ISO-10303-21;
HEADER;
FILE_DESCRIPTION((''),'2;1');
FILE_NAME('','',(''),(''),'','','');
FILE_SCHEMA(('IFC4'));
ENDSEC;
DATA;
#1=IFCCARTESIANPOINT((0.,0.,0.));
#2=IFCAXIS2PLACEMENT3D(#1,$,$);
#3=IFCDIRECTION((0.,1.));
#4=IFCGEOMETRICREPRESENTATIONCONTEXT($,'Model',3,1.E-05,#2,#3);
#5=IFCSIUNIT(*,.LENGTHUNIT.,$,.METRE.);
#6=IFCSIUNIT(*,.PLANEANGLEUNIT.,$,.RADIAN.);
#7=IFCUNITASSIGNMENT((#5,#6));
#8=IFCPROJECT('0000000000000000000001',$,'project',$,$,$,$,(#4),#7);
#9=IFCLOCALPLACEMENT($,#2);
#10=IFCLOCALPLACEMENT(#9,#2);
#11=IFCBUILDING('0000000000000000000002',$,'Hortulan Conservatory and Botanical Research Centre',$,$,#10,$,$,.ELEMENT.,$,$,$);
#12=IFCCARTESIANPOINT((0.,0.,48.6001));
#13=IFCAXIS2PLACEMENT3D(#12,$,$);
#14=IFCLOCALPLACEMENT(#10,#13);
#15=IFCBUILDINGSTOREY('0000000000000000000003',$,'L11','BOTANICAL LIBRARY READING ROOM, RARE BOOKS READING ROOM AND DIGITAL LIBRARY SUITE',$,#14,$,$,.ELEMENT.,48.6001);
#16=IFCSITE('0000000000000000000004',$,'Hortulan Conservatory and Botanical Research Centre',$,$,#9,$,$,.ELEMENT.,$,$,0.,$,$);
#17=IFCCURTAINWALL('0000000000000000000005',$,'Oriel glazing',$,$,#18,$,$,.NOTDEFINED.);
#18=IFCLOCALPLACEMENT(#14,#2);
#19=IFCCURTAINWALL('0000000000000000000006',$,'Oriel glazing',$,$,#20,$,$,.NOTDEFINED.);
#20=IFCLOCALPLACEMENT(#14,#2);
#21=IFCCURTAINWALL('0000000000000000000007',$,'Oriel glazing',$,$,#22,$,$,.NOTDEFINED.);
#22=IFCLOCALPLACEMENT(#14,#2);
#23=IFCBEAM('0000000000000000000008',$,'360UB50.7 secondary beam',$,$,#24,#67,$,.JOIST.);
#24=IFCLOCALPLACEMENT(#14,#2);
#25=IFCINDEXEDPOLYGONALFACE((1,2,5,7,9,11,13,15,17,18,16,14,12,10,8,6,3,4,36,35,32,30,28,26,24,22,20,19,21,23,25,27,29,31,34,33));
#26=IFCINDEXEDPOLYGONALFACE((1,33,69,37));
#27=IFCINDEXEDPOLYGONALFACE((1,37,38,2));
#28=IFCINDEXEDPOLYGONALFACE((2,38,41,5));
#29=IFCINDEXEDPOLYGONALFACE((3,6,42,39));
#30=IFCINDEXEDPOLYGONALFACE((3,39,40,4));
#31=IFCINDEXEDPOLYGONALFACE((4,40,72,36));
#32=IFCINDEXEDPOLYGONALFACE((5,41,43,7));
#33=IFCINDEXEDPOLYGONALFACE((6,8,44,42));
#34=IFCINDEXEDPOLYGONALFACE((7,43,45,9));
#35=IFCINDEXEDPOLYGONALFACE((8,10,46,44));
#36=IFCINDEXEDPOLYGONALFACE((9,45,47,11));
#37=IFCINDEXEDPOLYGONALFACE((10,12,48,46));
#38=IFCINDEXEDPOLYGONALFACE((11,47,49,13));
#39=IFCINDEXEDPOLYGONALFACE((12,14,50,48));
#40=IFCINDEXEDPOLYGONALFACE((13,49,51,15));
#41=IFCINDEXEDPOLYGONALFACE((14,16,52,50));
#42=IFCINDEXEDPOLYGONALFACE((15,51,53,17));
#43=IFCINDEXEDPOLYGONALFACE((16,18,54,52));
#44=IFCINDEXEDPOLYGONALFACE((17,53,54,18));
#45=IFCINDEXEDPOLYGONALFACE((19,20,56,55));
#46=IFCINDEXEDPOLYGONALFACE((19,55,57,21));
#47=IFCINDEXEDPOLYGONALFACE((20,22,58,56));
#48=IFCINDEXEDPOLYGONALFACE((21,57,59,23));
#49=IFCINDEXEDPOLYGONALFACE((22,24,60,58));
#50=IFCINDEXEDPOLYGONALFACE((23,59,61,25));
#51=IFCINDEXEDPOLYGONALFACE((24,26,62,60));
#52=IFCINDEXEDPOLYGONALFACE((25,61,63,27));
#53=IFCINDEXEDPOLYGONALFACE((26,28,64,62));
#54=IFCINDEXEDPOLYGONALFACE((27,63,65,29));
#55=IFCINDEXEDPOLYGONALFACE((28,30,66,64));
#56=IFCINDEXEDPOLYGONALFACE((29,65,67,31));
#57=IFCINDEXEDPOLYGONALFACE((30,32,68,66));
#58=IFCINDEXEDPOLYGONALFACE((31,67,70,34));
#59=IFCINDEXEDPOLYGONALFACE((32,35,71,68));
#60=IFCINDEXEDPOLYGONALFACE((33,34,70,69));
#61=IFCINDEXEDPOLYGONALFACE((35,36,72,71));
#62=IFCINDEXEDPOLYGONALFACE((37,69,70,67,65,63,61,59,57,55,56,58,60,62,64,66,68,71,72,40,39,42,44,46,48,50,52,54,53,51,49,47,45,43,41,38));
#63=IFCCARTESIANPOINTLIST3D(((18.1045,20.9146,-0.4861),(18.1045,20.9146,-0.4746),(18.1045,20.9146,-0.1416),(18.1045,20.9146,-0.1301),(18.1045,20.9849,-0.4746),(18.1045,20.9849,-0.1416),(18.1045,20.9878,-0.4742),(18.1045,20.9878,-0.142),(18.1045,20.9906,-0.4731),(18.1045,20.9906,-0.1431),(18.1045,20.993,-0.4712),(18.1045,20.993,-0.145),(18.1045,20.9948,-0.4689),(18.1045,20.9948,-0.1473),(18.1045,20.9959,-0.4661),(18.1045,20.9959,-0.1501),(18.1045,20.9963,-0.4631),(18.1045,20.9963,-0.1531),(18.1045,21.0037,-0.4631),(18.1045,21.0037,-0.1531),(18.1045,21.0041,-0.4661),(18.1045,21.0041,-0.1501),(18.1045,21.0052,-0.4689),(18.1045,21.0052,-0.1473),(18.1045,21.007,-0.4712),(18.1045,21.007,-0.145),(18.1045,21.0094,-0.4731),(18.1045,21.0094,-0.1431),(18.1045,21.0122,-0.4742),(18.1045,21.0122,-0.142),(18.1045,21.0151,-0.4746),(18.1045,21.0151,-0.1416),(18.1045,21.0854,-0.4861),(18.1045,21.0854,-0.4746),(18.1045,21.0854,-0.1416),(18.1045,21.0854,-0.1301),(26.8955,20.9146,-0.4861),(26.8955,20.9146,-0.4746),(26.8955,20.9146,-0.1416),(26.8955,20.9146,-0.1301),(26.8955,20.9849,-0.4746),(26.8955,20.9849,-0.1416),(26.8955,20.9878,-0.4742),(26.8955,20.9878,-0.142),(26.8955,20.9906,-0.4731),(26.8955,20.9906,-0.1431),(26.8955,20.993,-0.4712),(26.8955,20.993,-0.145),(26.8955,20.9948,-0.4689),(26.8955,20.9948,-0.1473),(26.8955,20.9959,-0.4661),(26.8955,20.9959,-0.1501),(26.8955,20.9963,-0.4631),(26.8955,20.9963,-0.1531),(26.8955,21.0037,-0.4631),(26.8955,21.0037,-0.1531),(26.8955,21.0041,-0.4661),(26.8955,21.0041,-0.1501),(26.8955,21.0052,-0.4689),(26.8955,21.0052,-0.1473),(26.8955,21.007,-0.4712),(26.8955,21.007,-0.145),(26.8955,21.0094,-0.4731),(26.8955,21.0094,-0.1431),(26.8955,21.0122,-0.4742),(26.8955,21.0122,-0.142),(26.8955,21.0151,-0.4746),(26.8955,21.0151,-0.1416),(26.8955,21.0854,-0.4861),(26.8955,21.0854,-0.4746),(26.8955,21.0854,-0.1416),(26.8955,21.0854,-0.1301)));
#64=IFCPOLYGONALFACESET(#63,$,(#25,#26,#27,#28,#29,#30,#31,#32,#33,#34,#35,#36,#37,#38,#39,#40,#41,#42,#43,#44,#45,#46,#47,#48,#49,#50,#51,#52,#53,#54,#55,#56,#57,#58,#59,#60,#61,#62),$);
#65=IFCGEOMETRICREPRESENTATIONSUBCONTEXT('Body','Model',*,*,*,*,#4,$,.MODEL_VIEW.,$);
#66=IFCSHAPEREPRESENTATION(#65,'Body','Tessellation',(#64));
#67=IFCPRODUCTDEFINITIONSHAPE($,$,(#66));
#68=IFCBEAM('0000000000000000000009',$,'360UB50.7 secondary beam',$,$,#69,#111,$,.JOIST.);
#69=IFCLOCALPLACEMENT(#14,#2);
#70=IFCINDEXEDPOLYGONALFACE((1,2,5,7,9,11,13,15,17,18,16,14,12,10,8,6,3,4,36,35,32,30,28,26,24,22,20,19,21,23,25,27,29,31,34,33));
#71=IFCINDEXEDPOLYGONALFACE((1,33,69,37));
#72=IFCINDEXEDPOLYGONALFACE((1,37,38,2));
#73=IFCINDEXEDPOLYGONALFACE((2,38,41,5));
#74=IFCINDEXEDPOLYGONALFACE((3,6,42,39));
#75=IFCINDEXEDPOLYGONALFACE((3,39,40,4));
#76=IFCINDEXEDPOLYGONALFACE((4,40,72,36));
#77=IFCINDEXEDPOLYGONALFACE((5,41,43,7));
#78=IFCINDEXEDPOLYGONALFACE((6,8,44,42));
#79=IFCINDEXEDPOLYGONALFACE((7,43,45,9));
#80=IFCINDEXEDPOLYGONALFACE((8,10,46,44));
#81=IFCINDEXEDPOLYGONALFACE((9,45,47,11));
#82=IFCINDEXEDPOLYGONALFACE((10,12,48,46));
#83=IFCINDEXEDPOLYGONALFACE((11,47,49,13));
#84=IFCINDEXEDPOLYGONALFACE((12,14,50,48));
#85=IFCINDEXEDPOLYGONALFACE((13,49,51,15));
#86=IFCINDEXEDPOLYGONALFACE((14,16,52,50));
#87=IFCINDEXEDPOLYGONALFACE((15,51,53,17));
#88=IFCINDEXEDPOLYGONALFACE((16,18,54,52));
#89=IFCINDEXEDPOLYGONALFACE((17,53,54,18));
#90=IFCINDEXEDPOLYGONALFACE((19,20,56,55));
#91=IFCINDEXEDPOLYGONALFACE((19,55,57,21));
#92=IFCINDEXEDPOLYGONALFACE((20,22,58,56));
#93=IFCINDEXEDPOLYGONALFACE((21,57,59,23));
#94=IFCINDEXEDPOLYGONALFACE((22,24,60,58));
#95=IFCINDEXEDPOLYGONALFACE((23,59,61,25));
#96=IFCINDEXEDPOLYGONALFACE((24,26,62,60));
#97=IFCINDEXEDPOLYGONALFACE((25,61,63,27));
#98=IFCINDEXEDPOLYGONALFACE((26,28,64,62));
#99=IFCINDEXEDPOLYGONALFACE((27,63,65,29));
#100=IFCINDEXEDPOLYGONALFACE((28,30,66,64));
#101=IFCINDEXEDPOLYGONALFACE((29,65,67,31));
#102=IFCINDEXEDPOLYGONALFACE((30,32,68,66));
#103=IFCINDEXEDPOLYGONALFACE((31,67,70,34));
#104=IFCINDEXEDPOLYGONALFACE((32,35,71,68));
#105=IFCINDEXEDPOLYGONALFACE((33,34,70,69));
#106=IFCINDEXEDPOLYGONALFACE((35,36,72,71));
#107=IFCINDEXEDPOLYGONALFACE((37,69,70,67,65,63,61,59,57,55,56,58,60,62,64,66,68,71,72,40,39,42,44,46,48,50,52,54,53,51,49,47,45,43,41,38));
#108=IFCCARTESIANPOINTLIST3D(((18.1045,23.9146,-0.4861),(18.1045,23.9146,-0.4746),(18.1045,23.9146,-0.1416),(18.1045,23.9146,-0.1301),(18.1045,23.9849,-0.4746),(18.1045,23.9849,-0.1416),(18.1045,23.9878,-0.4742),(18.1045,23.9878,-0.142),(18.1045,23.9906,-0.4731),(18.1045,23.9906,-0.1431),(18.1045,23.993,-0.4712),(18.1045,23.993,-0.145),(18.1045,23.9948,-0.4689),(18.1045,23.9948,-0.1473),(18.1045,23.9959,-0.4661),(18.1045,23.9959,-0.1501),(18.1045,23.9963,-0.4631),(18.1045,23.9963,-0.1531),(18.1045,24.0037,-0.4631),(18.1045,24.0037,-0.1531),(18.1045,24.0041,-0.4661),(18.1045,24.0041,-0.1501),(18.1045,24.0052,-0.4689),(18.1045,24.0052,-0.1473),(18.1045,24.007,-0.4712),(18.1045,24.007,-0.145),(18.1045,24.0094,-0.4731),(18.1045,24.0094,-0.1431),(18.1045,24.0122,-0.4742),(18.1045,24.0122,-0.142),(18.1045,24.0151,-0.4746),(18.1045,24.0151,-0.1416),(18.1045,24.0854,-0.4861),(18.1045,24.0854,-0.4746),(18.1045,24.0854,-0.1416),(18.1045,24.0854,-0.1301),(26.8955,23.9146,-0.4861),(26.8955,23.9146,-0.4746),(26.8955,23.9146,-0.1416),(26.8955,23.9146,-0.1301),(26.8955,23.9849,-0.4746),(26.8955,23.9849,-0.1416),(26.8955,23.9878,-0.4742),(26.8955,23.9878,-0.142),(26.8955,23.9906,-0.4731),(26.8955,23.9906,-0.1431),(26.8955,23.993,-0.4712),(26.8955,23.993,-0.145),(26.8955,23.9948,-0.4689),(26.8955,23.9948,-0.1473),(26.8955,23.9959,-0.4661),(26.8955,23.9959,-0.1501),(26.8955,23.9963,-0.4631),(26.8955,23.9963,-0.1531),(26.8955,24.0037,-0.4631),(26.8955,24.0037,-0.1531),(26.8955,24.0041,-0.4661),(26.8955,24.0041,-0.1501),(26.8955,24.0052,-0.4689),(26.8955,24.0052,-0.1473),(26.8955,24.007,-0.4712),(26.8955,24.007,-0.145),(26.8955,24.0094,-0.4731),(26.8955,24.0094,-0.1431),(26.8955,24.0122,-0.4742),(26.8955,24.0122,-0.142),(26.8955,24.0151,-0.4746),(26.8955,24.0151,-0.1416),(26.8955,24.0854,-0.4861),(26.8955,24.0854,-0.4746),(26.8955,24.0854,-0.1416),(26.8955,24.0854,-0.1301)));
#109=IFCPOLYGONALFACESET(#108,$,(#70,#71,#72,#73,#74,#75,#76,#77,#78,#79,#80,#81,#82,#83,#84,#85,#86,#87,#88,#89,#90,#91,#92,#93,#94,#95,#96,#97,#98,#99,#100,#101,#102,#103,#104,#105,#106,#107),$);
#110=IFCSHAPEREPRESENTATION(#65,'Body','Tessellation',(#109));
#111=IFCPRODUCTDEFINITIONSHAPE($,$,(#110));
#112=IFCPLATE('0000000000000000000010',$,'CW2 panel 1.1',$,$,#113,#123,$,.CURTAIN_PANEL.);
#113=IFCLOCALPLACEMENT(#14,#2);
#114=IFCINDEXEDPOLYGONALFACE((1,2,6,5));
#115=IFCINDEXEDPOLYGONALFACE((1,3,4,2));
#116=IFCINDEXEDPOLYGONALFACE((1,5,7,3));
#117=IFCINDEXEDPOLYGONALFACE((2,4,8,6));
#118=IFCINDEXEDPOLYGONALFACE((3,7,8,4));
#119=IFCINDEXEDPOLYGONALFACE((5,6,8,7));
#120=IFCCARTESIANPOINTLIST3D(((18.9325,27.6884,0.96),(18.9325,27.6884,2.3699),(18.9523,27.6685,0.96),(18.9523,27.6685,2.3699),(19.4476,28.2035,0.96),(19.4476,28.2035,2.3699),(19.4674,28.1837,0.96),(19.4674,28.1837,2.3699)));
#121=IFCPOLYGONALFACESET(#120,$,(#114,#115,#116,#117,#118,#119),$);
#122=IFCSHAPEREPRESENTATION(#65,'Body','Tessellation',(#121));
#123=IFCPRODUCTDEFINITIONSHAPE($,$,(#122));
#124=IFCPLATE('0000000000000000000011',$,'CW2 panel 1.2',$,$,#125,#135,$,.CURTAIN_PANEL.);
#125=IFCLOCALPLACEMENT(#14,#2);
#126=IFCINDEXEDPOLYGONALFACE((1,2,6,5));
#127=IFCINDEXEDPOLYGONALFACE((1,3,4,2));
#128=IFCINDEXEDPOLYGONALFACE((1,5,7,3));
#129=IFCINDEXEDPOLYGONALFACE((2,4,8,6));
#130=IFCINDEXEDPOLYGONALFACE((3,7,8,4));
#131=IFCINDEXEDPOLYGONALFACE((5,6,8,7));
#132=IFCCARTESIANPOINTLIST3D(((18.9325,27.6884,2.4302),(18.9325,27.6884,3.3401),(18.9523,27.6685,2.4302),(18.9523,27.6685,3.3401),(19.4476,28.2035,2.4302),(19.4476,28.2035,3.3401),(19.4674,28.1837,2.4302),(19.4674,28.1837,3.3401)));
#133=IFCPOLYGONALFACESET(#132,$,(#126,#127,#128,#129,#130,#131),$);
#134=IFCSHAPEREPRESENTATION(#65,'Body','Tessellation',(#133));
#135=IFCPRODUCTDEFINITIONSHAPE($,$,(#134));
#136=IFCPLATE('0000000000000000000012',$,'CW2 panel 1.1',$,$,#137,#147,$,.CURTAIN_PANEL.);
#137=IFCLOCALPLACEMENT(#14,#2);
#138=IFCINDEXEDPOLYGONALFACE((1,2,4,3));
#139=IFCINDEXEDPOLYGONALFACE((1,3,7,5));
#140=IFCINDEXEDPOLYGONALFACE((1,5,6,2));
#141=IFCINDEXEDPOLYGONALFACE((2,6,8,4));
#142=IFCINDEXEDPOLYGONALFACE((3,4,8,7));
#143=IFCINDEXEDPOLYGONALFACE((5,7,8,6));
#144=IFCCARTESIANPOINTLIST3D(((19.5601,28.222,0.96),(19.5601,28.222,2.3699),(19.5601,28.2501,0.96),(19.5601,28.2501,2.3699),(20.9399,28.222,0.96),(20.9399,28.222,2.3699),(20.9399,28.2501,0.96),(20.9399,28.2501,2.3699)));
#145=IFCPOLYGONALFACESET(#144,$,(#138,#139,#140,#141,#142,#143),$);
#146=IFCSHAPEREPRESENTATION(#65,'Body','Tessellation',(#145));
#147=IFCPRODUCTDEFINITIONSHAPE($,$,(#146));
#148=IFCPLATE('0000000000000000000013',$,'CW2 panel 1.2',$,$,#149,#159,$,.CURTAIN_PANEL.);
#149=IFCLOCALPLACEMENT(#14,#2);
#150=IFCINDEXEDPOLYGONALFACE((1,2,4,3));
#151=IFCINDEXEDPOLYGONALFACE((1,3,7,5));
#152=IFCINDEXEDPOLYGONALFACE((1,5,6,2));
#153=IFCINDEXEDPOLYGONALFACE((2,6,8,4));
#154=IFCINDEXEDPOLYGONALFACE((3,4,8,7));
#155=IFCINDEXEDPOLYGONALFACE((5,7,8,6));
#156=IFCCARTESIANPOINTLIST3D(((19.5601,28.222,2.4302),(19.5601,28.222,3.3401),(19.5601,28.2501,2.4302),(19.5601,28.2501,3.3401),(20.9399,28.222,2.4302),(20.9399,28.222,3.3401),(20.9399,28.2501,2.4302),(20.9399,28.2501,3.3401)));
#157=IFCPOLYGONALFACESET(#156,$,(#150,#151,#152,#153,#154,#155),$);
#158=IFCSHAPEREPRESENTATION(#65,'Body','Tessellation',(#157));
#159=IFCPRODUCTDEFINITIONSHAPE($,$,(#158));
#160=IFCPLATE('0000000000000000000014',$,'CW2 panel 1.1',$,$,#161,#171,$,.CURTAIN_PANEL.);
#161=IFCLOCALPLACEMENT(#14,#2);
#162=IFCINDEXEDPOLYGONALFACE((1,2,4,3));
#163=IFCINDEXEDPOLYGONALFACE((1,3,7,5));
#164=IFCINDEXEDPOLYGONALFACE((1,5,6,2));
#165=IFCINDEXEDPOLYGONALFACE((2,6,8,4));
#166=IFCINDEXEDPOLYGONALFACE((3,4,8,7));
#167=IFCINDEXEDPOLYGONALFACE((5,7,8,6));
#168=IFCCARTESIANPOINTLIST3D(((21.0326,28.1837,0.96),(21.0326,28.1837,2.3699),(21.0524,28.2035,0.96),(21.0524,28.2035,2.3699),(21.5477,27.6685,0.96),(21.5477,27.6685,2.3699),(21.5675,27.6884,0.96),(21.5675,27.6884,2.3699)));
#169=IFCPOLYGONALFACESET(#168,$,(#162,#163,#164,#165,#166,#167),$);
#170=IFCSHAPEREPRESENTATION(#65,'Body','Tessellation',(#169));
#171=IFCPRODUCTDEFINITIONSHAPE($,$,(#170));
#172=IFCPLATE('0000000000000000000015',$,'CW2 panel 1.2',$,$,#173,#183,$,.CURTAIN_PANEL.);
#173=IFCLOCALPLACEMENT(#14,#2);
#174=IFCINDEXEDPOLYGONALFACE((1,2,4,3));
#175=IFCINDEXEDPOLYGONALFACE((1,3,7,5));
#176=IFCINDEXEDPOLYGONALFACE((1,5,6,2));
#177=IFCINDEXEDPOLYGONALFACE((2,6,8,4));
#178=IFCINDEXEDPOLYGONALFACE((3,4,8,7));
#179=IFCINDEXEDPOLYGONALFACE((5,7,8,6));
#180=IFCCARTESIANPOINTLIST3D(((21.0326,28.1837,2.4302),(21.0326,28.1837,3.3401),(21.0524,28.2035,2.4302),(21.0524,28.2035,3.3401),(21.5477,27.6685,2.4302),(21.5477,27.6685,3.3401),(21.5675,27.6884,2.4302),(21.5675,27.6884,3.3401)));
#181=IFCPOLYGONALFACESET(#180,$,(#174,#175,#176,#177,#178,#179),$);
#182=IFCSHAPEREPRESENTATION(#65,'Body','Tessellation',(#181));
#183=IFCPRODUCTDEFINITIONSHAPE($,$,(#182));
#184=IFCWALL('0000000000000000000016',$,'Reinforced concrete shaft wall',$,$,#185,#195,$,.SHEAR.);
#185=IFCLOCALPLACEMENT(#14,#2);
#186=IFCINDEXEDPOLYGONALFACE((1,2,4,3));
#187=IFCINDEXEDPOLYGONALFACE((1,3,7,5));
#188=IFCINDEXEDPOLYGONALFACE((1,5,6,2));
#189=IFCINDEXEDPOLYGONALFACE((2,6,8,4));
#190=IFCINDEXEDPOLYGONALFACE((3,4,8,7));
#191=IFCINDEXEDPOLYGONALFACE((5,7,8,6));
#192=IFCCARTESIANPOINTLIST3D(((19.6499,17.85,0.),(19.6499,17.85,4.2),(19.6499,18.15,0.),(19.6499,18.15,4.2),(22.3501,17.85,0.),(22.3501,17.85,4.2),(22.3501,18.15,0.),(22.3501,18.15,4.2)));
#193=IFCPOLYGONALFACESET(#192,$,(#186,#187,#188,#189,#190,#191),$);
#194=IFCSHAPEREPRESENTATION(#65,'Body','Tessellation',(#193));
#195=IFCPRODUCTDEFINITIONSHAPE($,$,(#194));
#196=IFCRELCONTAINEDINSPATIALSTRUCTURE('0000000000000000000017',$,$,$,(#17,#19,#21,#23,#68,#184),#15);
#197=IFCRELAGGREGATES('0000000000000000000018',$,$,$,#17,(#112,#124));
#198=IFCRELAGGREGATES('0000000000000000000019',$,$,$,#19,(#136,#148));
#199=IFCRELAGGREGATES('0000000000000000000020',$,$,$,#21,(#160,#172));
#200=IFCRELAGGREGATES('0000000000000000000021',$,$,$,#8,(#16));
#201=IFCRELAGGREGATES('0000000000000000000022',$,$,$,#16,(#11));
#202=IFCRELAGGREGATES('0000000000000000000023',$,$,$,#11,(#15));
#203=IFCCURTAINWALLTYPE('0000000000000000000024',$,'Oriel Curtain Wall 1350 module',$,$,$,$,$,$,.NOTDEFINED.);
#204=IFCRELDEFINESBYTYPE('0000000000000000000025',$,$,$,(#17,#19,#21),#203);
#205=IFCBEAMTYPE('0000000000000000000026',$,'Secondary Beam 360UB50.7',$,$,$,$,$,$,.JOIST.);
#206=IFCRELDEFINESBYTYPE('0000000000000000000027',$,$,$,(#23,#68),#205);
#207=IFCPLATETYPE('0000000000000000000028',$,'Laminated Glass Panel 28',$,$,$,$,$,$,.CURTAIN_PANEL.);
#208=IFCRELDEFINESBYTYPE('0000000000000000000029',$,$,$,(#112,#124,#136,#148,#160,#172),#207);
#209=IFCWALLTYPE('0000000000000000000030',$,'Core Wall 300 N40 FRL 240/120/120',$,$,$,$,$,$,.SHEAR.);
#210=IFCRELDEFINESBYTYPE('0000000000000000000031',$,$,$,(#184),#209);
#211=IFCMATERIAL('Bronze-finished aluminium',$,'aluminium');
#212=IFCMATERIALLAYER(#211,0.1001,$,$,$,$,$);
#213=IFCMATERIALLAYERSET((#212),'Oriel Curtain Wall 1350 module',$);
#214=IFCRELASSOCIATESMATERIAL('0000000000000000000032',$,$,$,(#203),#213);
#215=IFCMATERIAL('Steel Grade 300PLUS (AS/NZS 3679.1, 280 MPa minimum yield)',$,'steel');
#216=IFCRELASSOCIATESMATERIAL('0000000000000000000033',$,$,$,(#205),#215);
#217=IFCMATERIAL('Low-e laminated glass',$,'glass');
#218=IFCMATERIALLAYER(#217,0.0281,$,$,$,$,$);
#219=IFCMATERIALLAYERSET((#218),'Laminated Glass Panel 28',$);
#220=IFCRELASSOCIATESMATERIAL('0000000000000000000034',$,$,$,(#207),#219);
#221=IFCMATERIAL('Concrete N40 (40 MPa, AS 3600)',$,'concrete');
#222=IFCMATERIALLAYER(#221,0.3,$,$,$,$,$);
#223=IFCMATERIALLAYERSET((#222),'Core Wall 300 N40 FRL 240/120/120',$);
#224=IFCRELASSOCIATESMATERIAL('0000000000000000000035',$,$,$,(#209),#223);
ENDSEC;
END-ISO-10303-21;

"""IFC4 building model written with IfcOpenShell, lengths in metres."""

from ifc_helpers import new_model, si_unit, direction, frame, frame_2d, origin, origin_2d, place, context, subcontext, project, spatial, rectangle, i_section, extrude, material, layer, layer_set, material_profile, profile_set, type_object, element, aggregate, save


model = new_model("IFC4")

# Units and contexts
model_context = context("Model", 3, precision=1e-05, world=origin(), true_north=direction((0.0, 1.0)))
body_context = subcontext(model_context, "Body", "Model", "MODEL_VIEW")
ifc_project = project(units=[si_unit("LENGTHUNIT", "METRE"), si_unit("PLANEANGLEUNIT", "RADIAN")], contexts=[model_context])

# Site, building, storey
site_placement = place(None, origin())
site = spatial("IfcSite", under=ifc_project, at=site_placement, Name="Hortulan Conservatory and Botanical Research Centre", CompositionType="ELEMENT", RefElevation=0.0)
building_placement = place(site_placement, origin())
building = spatial("IfcBuilding", under=site, at=building_placement, Name="Hortulan Conservatory and Botanical Research Centre", CompositionType="ELEMENT")
storey_placement = place(building_placement, frame((0.0, 0.0, 48.6001)))
storey = spatial("IfcBuildingStorey", under=building, at=storey_placement, Name="L11", Description="BOTANICAL LIBRARY READING ROOM, RARE BOOKS READING ROOM AND DIGITAL LIBRARY SUITE", CompositionType="ELEMENT", Elevation=48.6001)

# Shared definitions
ifc_material_1 = material(Name="Steel Grade 300PLUS (AS/NZS 3679.1, 280 MPa minimum yield)", Category="steel")

# Curtain walls
ifc_material_2 = material(Name="Bronze-finished aluminium", Category="aluminium")
ifc_layer_1 = layer(ifc_material_2, 0.1001)
ifc_layer_set_1 = layer_set([ifc_layer_1], Name="Oriel Curtain Wall 1350 module")
curtain_wall_type = type_object("IfcCurtainWallType", Name="Oriel Curtain Wall 1350 module", PredefinedType="NOTDEFINED", material=ifc_layer_set_1)
curtain_wall_1_placement = place(storey_placement, origin())
curtain_wall_1 = element("IfcCurtainWall", 1, at=curtain_wall_1_placement, inside=storey, type_object=curtain_wall_type, Name="Oriel glazing", PredefinedType="NOTDEFINED")
curtain_wall_2_placement = place(storey_placement, origin())
curtain_wall_2 = element("IfcCurtainWall", 2, at=curtain_wall_2_placement, inside=storey, type_object=curtain_wall_type, Name="Oriel glazing", PredefinedType="NOTDEFINED")

# Curtain wall
curtain_wall_3_placement = place(storey_placement, origin())
curtain_wall_3 = element("IfcCurtainWall", 3, at=curtain_wall_3_placement, inside=storey, type_object=curtain_wall_type, Name="Oriel glazing", PredefinedType="NOTDEFINED")

# Beams
ifc_material_profile_1 = material_profile(ifc_material_1, i_section(OverallWidth=0.1709, OverallDepth=0.356, WebThickness=0.0073, FlangeThickness=0.0115, FilletRadius=0.0115, at=origin_2d()), Name="360UB50.7")
ifc_profile_set_1 = profile_set([ifc_material_profile_1], Name="Steel Grade 300PLUS (AS/NZS 3679.1, 280 MPa minimum yield)")
beam_type_1 = type_object("IfcBeamType", Name="Secondary Beam 360UB50.7", PredefinedType="JOIST", material=ifc_profile_set_1)
for number, where, z_axis, x_axis, name in (
    (4, (18.1045, 21.0, -0.3081), (1.0, 0.0, 0.0), (0.0, 1.0, 0.0), "360UB50.7 secondary beam"),
    (5, (18.1045, 24.0, -0.3081), (1.0, 0.0, 0.0), (0.0, 1.0, 0.0), "360UB50.7 secondary beam"),
):
    element("IfcBeam", number, at=place(storey_placement, frame(where, z_axis=z_axis, x_axis=x_axis)), inside=storey, type_object=beam_type_1, Name=name, PredefinedType="JOIST", context=body_context, shape_type="SweptSolid", body=[
        extrude(i_section(OverallWidth=0.1709, OverallDepth=0.356, WebThickness=0.0073, FlangeThickness=0.0115, FilletRadius=0.0115, at=origin_2d()), origin(), (0.0, 0.0, 1.0), 8.791),
    ])

# Plates
ifc_material_3 = material(Name="Low-e laminated glass", Category="glass")
ifc_layer_2 = layer(ifc_material_3, 0.0281)
ifc_layer_set_2 = layer_set([ifc_layer_2], Name="Laminated Glass Panel 28")
plate_type = type_object("IfcPlateType", Name="Laminated Glass Panel 28", PredefinedType="CURTAIN_PANEL", material=ifc_layer_set_2)
plate_1_placement = place(storey_placement, frame((19.2, 27.936, 0.96), z_axis=(0.0, 0.0, 1.0), x_axis=(0.707107, 0.707107, 0.0)))
plate_1 = element("IfcPlate", 6, at=plate_1_placement, type_object=plate_type, Name="CW2 panel 1.1", PredefinedType="CURTAIN_PANEL", context=body_context, shape_type="SweptSolid", body=[
    extrude(rectangle(XDim=0.7285, YDim=0.0281, at=origin_2d()), origin(), (0.0, 0.0, 1.0), 1.4099),
])
plate_2_placement = place(storey_placement, frame((19.2, 27.936, 2.4302), z_axis=(0.0, 0.0, 1.0), x_axis=(0.707107, 0.707107, 0.0)))
plate_2 = element("IfcPlate", 7, at=plate_2_placement, type_object=plate_type, Name="CW2 panel 1.2", PredefinedType="CURTAIN_PANEL", context=body_context, shape_type="SweptSolid", body=[
    extrude(rectangle(XDim=0.7285, YDim=0.0281, at=origin_2d()), origin(), (0.0, 0.0, 1.0), 0.9099),
])
aggregate(curtain_wall_1, [plate_1, plate_2])
plate_3_placement = place(storey_placement, frame((20.25, 28.2361, 0.96), z_axis=(0.0, 0.0, 1.0), x_axis=(1.0, 0.0, 0.0)))
plate_3 = element("IfcPlate", 8, at=plate_3_placement, type_object=plate_type, Name="CW2 panel 1.1", PredefinedType="CURTAIN_PANEL", context=body_context, shape_type="SweptSolid", body=[
    extrude(rectangle(XDim=1.3799, YDim=0.0281, at=origin_2d()), origin(), (0.0, 0.0, 1.0), 1.4099),
])
plate_4_placement = place(storey_placement, frame((20.25, 28.2361, 2.4302), z_axis=(0.0, 0.0, 1.0), x_axis=(1.0, 0.0, 0.0)))
plate_4 = element("IfcPlate", 9, at=plate_4_placement, type_object=plate_type, Name="CW2 panel 1.2", PredefinedType="CURTAIN_PANEL", context=body_context, shape_type="SweptSolid", body=[
    extrude(rectangle(XDim=1.3799, YDim=0.0281, at=origin_2d()), origin(), (0.0, 0.0, 1.0), 0.9099),
])
aggregate(curtain_wall_2, [plate_3, plate_4])
plate_5_placement = place(storey_placement, frame((21.3, 27.936, 0.96), z_axis=(0.0, 0.0, 1.0), x_axis=(0.707107, -0.707107, 0.0)))
plate_5 = element("IfcPlate", 10, at=plate_5_placement, type_object=plate_type, Name="CW2 panel 1.1", PredefinedType="CURTAIN_PANEL", context=body_context, shape_type="SweptSolid", body=[
    extrude(rectangle(XDim=0.7285, YDim=0.0281, at=origin_2d()), origin(), (0.0, 0.0, 1.0), 1.4099),
])
plate_6_placement = place(storey_placement, frame((21.3, 27.936, 2.4302), z_axis=(0.0, 0.0, 1.0), x_axis=(0.707107, -0.707107, 0.0)))
plate_6 = element("IfcPlate", 11, at=plate_6_placement, type_object=plate_type, Name="CW2 panel 1.2", PredefinedType="CURTAIN_PANEL", context=body_context, shape_type="SweptSolid", body=[
    extrude(rectangle(XDim=0.7285, YDim=0.0281, at=origin_2d()), origin(), (0.0, 0.0, 1.0), 0.9099),
])
aggregate(curtain_wall_3, [plate_5, plate_6])

# Wall
ifc_material_4 = material(Name="Concrete N40 (40 MPa, AS 3600)", Category="concrete")
ifc_layer_3 = layer(ifc_material_4, 0.3)
ifc_layer_set_3 = layer_set([ifc_layer_3], Name="Core Wall 300 N40 FRL 240/120/120")
wall_type_1 = type_object("IfcWallType", Name="Core Wall 300 N40 FRL 240/120/120", PredefinedType="SHEAR", material=ifc_layer_set_3)
wall_1_placement = place(storey_placement, frame((19.6499, 18.0, 0.0), z_axis=(0.0, 0.0, 1.0), x_axis=(1.0, 0.0, 0.0)))
element("IfcWall", 12, at=wall_1_placement, inside=storey, type_object=wall_type_1, Name="Reinforced concrete shaft wall", PredefinedType="SHEAR", context=body_context, shape_type="SweptSolid", body=[
    extrude(rectangle(XDim=2.7002, YDim=0.3, at=frame_2d((1.3501, 0.0))), origin(), (0.0, 0.0, 1.0), 4.2),
])

save(model, "model.ifc")
